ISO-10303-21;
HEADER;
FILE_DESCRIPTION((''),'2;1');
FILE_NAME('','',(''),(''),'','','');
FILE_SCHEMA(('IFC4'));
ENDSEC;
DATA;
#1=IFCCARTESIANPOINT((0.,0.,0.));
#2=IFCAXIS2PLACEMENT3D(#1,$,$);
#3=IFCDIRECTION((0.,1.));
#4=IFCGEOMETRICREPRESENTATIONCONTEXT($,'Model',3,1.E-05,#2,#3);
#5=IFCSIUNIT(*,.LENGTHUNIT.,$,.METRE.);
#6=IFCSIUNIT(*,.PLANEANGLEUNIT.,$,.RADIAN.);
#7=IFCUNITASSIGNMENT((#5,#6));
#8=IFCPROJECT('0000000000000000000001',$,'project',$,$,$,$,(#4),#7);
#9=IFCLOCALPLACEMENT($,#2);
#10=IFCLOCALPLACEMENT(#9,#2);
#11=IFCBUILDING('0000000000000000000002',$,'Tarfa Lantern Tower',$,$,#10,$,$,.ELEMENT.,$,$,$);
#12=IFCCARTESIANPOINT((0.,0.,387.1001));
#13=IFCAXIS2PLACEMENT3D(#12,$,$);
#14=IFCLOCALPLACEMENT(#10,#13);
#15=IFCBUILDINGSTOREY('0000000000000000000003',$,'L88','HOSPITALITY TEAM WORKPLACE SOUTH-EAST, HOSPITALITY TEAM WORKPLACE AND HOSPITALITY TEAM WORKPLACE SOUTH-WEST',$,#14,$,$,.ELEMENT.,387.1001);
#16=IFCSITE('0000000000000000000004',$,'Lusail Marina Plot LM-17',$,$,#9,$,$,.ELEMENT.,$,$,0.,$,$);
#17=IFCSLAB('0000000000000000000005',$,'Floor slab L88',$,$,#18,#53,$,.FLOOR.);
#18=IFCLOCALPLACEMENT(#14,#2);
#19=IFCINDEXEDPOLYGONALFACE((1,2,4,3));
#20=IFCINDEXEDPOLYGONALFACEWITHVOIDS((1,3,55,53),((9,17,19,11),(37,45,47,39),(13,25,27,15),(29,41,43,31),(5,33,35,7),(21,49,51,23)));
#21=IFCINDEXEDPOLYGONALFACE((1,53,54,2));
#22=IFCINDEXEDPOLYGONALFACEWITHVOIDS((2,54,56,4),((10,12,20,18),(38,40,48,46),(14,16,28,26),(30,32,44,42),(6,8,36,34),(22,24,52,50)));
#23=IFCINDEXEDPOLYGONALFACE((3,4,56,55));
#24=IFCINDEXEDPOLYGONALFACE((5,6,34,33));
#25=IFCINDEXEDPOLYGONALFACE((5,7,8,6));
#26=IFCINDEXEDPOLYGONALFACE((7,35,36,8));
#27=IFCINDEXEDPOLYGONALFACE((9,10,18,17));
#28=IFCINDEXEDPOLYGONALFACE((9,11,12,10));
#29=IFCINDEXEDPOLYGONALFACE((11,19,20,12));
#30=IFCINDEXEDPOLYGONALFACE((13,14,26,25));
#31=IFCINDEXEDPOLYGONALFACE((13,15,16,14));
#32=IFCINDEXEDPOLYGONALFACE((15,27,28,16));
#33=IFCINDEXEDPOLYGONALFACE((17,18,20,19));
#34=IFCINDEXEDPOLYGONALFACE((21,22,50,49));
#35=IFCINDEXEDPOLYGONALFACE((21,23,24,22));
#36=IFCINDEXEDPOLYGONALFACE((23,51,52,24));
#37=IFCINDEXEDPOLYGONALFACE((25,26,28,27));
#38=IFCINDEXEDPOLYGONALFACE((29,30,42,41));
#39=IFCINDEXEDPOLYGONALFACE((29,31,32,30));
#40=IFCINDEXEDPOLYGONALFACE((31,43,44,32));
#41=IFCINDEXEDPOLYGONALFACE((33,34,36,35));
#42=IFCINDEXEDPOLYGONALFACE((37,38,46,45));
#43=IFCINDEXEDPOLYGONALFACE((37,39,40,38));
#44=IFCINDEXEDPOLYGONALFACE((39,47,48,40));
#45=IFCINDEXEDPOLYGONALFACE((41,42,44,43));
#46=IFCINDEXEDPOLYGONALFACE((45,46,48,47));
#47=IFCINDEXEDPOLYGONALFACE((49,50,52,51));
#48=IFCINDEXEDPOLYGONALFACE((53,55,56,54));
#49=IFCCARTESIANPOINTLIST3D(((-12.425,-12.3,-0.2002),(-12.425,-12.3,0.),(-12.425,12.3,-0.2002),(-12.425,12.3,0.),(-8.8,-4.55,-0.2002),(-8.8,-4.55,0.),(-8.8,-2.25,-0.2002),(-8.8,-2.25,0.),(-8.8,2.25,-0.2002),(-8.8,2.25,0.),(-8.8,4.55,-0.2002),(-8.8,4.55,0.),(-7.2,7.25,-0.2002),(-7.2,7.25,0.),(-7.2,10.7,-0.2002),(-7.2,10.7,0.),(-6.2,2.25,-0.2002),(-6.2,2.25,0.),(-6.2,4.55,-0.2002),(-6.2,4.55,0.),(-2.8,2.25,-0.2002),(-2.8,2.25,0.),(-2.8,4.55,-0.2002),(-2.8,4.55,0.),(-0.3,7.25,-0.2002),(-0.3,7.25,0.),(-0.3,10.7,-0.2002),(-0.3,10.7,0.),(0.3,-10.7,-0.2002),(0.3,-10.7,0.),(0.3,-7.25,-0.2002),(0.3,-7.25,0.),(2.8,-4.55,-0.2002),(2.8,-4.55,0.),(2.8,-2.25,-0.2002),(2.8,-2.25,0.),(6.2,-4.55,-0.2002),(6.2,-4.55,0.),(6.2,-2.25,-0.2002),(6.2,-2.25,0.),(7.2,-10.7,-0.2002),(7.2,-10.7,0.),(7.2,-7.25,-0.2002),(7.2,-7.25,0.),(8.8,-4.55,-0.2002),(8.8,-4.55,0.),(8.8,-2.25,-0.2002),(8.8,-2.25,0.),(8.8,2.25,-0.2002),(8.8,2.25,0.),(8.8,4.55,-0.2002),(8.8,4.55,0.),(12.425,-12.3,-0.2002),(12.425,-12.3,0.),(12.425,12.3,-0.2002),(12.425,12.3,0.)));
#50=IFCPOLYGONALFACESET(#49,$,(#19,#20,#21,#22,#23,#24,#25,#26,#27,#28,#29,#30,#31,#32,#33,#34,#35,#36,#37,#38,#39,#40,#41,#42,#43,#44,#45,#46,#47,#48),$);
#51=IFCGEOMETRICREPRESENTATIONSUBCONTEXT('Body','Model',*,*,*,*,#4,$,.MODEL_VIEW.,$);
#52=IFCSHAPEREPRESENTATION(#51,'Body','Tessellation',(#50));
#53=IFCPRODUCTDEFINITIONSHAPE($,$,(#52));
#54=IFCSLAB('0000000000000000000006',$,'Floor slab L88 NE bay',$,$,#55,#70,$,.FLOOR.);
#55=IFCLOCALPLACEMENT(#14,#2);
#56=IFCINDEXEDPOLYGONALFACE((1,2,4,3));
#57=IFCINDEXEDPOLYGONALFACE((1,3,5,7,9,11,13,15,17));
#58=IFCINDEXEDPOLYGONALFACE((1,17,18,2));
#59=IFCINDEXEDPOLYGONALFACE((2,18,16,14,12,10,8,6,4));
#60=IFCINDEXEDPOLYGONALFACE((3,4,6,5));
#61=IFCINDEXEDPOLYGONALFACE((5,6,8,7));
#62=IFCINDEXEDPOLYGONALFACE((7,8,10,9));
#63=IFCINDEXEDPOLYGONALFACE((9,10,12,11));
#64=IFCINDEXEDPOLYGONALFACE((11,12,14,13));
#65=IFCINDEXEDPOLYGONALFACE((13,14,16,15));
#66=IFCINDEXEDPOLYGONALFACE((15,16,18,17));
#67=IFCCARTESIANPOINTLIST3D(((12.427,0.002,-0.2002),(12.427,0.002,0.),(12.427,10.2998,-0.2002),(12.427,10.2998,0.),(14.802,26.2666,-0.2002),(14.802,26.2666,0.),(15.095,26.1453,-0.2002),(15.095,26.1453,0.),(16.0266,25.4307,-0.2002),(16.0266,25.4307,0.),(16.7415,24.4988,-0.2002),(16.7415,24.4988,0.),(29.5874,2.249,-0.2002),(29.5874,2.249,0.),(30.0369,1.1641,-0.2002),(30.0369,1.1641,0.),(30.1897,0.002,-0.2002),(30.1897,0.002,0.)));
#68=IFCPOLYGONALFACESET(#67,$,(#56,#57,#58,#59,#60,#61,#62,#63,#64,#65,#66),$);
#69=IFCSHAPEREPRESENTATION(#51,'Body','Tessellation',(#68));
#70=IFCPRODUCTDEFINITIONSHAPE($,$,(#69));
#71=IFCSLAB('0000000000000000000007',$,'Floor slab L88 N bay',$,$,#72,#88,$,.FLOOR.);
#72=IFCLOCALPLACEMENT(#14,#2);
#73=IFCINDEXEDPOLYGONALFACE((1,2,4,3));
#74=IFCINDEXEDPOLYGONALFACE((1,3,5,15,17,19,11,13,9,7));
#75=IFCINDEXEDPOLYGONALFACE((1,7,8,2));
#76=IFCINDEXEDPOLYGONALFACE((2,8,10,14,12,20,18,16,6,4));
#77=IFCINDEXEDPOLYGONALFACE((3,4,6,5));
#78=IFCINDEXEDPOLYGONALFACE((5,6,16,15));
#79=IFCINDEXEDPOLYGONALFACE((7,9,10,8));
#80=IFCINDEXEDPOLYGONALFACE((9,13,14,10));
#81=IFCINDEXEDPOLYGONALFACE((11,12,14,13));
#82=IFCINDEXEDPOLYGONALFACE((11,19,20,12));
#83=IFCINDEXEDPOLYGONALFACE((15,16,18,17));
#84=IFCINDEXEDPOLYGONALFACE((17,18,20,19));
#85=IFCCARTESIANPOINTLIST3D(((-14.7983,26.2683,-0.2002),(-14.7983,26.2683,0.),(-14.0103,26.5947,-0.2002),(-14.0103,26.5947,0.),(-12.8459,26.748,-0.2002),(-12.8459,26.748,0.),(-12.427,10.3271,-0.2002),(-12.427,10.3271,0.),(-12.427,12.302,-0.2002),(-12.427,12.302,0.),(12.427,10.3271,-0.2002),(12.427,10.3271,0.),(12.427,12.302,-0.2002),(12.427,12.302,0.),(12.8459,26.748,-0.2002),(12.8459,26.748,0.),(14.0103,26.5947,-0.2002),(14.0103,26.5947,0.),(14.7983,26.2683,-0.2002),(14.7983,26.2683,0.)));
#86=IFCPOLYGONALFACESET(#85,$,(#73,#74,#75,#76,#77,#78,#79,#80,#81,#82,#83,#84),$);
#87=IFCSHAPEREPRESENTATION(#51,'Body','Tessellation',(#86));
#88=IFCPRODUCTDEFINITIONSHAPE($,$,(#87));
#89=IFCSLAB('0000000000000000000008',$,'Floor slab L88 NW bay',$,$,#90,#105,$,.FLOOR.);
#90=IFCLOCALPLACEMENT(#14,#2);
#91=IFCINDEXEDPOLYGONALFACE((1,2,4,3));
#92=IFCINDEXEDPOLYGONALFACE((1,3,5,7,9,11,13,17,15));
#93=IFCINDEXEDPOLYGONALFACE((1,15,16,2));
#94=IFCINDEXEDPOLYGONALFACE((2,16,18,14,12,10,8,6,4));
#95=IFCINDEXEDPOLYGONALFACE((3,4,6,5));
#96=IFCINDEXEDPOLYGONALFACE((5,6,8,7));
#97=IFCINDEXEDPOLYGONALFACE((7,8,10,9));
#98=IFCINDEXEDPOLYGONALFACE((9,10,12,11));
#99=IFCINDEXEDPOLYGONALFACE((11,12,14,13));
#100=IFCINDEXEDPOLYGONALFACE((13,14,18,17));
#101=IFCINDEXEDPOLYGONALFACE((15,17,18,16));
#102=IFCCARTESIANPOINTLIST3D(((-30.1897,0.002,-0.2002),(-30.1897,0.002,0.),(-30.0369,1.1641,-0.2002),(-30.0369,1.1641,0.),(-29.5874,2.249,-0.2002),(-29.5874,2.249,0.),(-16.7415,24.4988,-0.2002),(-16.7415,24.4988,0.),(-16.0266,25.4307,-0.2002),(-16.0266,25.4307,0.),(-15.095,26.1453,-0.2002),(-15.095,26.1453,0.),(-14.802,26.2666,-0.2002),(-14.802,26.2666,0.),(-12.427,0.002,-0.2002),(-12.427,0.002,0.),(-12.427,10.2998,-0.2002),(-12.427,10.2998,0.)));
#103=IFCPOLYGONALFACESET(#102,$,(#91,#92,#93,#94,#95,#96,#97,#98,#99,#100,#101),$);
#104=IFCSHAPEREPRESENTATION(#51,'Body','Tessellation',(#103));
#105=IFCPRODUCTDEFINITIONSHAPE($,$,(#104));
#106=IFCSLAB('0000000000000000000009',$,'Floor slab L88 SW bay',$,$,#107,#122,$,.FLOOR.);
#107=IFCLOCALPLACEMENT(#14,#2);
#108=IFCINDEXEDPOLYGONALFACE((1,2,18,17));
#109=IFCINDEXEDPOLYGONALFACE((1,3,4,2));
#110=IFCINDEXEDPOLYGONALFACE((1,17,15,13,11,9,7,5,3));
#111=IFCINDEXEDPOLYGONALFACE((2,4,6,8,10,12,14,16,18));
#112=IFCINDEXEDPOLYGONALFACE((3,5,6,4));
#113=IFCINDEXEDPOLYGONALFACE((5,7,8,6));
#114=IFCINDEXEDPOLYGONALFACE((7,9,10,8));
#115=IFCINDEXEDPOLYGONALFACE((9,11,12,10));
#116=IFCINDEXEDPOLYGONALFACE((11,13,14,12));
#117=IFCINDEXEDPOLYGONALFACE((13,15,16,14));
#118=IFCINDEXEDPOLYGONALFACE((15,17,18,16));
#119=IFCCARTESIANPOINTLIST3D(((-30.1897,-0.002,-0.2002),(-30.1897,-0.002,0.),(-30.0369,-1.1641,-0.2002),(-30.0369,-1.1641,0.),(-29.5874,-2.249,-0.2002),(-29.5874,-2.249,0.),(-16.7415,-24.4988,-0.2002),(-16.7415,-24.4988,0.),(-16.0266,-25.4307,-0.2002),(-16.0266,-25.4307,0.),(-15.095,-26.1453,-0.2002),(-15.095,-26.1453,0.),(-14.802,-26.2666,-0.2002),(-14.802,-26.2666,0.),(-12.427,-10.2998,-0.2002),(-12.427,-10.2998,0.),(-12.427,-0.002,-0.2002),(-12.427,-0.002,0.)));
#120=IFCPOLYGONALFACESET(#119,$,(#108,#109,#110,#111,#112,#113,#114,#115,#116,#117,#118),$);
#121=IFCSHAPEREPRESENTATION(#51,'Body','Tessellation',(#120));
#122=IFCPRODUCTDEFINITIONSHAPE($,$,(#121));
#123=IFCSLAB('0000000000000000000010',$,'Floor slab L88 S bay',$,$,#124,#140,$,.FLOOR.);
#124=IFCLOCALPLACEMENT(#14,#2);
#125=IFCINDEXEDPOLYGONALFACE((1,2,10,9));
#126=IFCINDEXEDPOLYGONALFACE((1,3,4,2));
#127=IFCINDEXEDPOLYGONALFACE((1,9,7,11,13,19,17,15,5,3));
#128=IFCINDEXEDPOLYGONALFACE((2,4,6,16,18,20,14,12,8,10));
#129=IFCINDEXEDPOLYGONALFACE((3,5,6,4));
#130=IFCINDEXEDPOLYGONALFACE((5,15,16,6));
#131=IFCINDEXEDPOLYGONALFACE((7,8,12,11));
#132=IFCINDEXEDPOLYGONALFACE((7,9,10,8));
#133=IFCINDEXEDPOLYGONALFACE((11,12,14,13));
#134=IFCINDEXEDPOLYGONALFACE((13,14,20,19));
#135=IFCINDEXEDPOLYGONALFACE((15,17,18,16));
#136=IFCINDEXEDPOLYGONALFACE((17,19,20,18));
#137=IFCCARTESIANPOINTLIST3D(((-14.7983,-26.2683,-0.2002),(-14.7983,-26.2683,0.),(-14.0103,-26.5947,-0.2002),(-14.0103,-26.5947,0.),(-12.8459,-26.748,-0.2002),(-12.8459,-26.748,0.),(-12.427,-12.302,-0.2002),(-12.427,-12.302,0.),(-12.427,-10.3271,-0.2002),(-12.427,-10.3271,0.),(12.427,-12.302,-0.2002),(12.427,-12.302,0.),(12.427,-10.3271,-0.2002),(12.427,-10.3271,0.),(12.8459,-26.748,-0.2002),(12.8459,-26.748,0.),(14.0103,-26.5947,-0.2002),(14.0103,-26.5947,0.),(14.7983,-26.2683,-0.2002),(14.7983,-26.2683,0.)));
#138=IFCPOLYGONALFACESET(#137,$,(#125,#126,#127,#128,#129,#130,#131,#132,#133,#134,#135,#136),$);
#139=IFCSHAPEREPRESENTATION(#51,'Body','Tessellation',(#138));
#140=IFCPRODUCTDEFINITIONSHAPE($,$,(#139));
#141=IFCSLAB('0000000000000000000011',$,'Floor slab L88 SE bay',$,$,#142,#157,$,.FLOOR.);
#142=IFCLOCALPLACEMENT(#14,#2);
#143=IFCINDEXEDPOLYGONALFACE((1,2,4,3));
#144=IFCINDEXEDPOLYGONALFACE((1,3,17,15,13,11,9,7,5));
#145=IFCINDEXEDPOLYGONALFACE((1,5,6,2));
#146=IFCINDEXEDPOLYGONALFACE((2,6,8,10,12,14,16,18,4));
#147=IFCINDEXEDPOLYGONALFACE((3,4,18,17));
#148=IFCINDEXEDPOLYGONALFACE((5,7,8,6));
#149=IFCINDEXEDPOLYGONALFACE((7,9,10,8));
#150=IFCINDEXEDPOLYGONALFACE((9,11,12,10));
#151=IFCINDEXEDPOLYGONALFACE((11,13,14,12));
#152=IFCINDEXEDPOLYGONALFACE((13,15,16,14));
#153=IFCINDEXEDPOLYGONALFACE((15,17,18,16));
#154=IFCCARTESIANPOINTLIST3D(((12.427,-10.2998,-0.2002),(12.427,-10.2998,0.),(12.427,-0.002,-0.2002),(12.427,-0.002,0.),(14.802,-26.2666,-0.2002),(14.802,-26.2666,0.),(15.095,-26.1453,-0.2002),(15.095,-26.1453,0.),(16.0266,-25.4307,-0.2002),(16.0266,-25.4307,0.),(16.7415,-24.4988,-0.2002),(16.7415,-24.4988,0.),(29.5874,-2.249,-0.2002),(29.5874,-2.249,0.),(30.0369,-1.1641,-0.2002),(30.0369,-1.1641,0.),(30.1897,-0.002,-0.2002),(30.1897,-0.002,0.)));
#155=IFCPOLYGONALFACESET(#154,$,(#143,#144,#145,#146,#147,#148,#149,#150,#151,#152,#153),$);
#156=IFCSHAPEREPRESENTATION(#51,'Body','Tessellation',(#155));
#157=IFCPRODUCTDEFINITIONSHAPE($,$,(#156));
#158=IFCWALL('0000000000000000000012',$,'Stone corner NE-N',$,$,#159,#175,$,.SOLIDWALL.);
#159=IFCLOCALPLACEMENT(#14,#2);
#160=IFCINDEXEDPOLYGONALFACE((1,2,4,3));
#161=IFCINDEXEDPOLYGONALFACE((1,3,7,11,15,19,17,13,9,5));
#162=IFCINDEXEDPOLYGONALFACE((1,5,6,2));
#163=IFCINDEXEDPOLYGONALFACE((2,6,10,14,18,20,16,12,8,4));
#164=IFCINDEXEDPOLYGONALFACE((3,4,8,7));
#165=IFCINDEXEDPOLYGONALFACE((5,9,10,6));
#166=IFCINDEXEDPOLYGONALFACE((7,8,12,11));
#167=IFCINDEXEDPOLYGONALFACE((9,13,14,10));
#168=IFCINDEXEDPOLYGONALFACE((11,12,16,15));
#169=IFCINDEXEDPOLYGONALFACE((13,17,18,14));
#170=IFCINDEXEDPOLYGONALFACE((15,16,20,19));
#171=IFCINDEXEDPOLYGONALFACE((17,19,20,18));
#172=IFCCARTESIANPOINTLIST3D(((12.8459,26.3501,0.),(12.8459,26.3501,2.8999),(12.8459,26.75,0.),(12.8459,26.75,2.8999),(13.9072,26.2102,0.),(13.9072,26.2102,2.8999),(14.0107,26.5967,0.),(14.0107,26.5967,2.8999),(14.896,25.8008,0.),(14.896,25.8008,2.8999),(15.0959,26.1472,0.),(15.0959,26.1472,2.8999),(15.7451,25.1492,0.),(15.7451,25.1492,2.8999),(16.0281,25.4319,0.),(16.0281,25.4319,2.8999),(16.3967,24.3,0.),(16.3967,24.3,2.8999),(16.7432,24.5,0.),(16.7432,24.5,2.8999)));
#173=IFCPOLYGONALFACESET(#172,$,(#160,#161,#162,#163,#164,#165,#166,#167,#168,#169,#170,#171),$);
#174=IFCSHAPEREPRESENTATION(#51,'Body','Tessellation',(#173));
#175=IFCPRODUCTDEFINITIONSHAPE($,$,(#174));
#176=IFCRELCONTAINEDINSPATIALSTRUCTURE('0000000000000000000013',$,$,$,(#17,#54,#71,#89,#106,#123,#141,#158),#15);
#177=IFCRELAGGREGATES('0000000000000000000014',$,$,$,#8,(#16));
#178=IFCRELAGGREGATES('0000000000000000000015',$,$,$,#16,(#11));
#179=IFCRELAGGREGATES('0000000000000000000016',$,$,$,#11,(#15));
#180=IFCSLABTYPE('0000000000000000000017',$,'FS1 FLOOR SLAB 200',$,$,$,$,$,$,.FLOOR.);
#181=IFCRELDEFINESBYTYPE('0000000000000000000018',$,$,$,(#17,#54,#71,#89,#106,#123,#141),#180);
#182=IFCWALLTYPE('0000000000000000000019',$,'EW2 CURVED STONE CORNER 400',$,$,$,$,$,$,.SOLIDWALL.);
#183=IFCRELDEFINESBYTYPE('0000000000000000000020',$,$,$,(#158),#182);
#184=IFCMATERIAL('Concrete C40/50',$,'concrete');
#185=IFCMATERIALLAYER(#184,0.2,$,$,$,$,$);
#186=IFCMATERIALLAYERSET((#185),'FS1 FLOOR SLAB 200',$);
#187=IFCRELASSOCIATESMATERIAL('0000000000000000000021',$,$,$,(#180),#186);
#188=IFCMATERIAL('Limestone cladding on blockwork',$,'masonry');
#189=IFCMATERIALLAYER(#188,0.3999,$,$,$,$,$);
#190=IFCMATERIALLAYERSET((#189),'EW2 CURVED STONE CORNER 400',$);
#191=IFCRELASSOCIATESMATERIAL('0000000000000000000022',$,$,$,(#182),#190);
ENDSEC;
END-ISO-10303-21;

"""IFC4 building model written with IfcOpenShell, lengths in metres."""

from ifc_helpers import new_model, si_unit, direction, frame, origin, place, context, subcontext, project, spatial, polyline, outline, extrude, material, layer, layer_set, type_object, element, save


model = new_model("IFC4")

# Units and contexts
model_context = context("Model", 3, precision=1e-05, world=origin(), true_north=direction((0.0, 1.0)))
body_context = subcontext(model_context, "Body", "Model", "MODEL_VIEW")
ifc_project = project(units=[si_unit("LENGTHUNIT", "METRE"), si_unit("PLANEANGLEUNIT", "RADIAN")], contexts=[model_context])

# Site, building, storey
site_placement = place(None, origin())
site = spatial("IfcSite", under=ifc_project, at=site_placement, Name="Lusail Marina Plot LM-17", CompositionType="ELEMENT", RefElevation=0.0)
building_placement = place(site_placement, origin())
building = spatial("IfcBuilding", under=site, at=building_placement, Name="Tarfa Lantern Tower", CompositionType="ELEMENT")
storey_placement = place(building_placement, frame((0.0, 0.0, 387.1001)))
storey = spatial("IfcBuildingStorey", under=building, at=storey_placement, Name="L88", Description="HOSPITALITY TEAM WORKPLACE SOUTH-EAST, HOSPITALITY TEAM WORKPLACE AND HOSPITALITY TEAM WORKPLACE SOUTH-WEST", CompositionType="ELEMENT", Elevation=387.1001)

# Slabs
ifc_material_1 = material(Name="Concrete C40/50", Category="concrete")
ifc_layer_1 = layer(ifc_material_1, 0.2)
ifc_layer_set_1 = layer_set([ifc_layer_1], Name="FS1 FLOOR SLAB 200")
slab_type = type_object("IfcSlabType", Name="FS1 FLOOR SLAB 200", PredefinedType="FLOOR", material=ifc_layer_set_1)
slab_1_placement = place(storey_placement, frame((0.0, 0.0, -0.2002)))
element("IfcSlab", 1, at=slab_1_placement, inside=storey, type_object=slab_type, Name="Floor slab L88", PredefinedType="FLOOR", context=body_context, shape_type="SweptSolid", body=[
    extrude(outline(polyline([(-12.425, -12.3), (12.425, -12.3), (12.425, 12.3), (-12.425, 12.3), (-12.425, -12.3)]), holes=[polyline([(-8.8, 2.25), (-6.2, 2.25), (-6.2, 4.55), (-8.8, 4.55), (-8.8, 2.25)]), polyline([(-2.8, 2.25), (8.8, 2.25), (8.8, 4.55), (-2.8, 4.55), (-2.8, 2.25)]), polyline([(8.8, -2.25), (6.2, -2.25), (6.2, -4.55), (8.8, -4.55), (8.8, -2.25)]), polyline([(2.8, -2.25), (-8.8, -2.25), (-8.8, -4.55), (2.8, -4.55), (2.8, -2.25)]), polyline([(-7.2, 7.25), (-0.3, 7.25), (-0.3, 10.7), (-7.2, 10.7), (-7.2, 7.25)]), polyline([(7.2, -7.25), (0.3, -7.25), (0.3, -10.7), (7.2, -10.7), (7.2, -7.25)])]), origin(), (0.0, 0.0, 1.0), 0.2002),
])
slab_2_placement = place(storey_placement, frame((0.0, 0.0, -0.2002)))
element("IfcSlab", 2, at=slab_2_placement, inside=storey, type_object=slab_type, Name="Floor slab L88 NE bay", PredefinedType="FLOOR", context=body_context, shape_type="SweptSolid", body=[
    extrude(outline(polyline([(29.5874, 2.249), (16.7415, 24.4988), (16.0266, 25.4307), (15.095, 26.1453), (14.802, 26.2666), (12.427, 10.2998), (12.427, 0.002), (30.1897, 0.002), (30.0369, 1.1641), (29.5874, 2.249)])), origin(), (0.0, 0.0, 1.0), 0.2002),
])
slab_3_placement = place(storey_placement, frame((0.0, 0.0, -0.2002)))
element("IfcSlab", 3, at=slab_3_placement, inside=storey, type_object=slab_type, Name="Floor slab L88 N bay", PredefinedType="FLOOR", context=body_context, shape_type="SweptSolid", body=[
    extrude(outline(polyline([(-12.427, 10.3271), (-12.427, 12.302), (12.427, 12.302), (12.427, 10.3271), (14.7983, 26.2683), (14.0103, 26.5947), (12.8459, 26.748), (-12.8459, 26.748), (-14.0103, 26.5947), (-14.7983, 26.2683), (-12.427, 10.3271)])), origin(), (0.0, 0.0, 1.0), 0.2002),
])
slab_4_placement = place(storey_placement, frame((0.0, 0.0, -0.2002)))
element("IfcSlab", 4, at=slab_4_placement, inside=storey, type_object=slab_type, Name="Floor slab L88 NW bay", PredefinedType="FLOOR", context=body_context, shape_type="SweptSolid", body=[
    extrude(outline(polyline([(-12.427, 0.002), (-12.427, 10.2998), (-14.802, 26.2666), (-15.095, 26.1453), (-16.0266, 25.4307), (-16.7415, 24.4988), (-29.5874, 2.249), (-30.0369, 1.1641), (-30.1897, 0.002), (-12.427, 0.002)])), origin(), (0.0, 0.0, 1.0), 0.2002),
])
slab_5_placement = place(storey_placement, frame((0.0, 0.0, -0.2002)))
element("IfcSlab", 5, at=slab_5_placement, inside=storey, type_object=slab_type, Name="Floor slab L88 SW bay", PredefinedType="FLOOR", context=body_context, shape_type="SweptSolid", body=[
    extrude(outline(polyline([(-12.427, -10.2998), (-12.427, -0.002), (-30.1897, -0.002), (-30.0369, -1.1641), (-29.5874, -2.249), (-16.7415, -24.4988), (-16.0266, -25.4307), (-15.095, -26.1453), (-14.802, -26.2666), (-12.427, -10.2998)])), origin(), (0.0, 0.0, 1.0), 0.2002),
])
slab_6_placement = place(storey_placement, frame((0.0, 0.0, -0.2002)))
element("IfcSlab", 6, at=slab_6_placement, inside=storey, type_object=slab_type, Name="Floor slab L88 S bay", PredefinedType="FLOOR", context=body_context, shape_type="SweptSolid", body=[
    extrude(outline(polyline([(12.427, -10.3271), (12.427, -12.302), (-12.427, -12.302), (-12.427, -10.3271), (-14.7983, -26.2683), (-14.0103, -26.5947), (-12.8459, -26.748), (12.8459, -26.748), (14.0103, -26.5947), (14.7983, -26.2683), (12.427, -10.3271)])), origin(), (0.0, 0.0, 1.0), 0.2002),
])
slab_7_placement = place(storey_placement, frame((0.0, 0.0, -0.2002)))
element("IfcSlab", 7, at=slab_7_placement, inside=storey, type_object=slab_type, Name="Floor slab L88 SE bay", PredefinedType="FLOOR", context=body_context, shape_type="SweptSolid", body=[
    extrude(outline(polyline([(12.427, -0.002), (12.427, -10.2998), (14.802, -26.2666), (15.095, -26.1453), (16.0266, -25.4307), (16.7415, -24.4988), (29.5874, -2.249), (30.0369, -1.1641), (30.1897, -0.002), (12.427, -0.002)])), origin(), (0.0, 0.0, 1.0), 0.2002),
])

# Wall
ifc_material_2 = material(Name="Limestone cladding on blockwork", Category="masonry")
ifc_layer_2 = layer(ifc_material_2, 0.3999)
ifc_layer_set_2 = layer_set([ifc_layer_2], Name="EW2 CURVED STONE CORNER 400")
wall_type_1 = type_object("IfcWallType", Name="EW2 CURVED STONE CORNER 400", PredefinedType="SOLIDWALL", material=ifc_layer_set_2)
wall_1_placement = place(storey_placement, origin())
element("IfcWall", 8, at=wall_1_placement, inside=storey, type_object=wall_type_1, Name="Stone corner NE-N", PredefinedType="SOLIDWALL", context=body_context, shape_type="SweptSolid", body=[
    extrude(outline(polyline([(16.7432, 24.5), (16.0281, 25.4319), (15.0959, 26.1472), (14.0107, 26.5967), (12.8459, 26.75), (12.8459, 26.3501), (13.9072, 26.2102), (14.896, 25.8008), (15.7451, 25.1492), (16.3967, 24.3), (16.7432, 24.5)])), origin(), (0.0, 0.0, 1.0), 2.8999),
])

save(model, "model.ifc")
